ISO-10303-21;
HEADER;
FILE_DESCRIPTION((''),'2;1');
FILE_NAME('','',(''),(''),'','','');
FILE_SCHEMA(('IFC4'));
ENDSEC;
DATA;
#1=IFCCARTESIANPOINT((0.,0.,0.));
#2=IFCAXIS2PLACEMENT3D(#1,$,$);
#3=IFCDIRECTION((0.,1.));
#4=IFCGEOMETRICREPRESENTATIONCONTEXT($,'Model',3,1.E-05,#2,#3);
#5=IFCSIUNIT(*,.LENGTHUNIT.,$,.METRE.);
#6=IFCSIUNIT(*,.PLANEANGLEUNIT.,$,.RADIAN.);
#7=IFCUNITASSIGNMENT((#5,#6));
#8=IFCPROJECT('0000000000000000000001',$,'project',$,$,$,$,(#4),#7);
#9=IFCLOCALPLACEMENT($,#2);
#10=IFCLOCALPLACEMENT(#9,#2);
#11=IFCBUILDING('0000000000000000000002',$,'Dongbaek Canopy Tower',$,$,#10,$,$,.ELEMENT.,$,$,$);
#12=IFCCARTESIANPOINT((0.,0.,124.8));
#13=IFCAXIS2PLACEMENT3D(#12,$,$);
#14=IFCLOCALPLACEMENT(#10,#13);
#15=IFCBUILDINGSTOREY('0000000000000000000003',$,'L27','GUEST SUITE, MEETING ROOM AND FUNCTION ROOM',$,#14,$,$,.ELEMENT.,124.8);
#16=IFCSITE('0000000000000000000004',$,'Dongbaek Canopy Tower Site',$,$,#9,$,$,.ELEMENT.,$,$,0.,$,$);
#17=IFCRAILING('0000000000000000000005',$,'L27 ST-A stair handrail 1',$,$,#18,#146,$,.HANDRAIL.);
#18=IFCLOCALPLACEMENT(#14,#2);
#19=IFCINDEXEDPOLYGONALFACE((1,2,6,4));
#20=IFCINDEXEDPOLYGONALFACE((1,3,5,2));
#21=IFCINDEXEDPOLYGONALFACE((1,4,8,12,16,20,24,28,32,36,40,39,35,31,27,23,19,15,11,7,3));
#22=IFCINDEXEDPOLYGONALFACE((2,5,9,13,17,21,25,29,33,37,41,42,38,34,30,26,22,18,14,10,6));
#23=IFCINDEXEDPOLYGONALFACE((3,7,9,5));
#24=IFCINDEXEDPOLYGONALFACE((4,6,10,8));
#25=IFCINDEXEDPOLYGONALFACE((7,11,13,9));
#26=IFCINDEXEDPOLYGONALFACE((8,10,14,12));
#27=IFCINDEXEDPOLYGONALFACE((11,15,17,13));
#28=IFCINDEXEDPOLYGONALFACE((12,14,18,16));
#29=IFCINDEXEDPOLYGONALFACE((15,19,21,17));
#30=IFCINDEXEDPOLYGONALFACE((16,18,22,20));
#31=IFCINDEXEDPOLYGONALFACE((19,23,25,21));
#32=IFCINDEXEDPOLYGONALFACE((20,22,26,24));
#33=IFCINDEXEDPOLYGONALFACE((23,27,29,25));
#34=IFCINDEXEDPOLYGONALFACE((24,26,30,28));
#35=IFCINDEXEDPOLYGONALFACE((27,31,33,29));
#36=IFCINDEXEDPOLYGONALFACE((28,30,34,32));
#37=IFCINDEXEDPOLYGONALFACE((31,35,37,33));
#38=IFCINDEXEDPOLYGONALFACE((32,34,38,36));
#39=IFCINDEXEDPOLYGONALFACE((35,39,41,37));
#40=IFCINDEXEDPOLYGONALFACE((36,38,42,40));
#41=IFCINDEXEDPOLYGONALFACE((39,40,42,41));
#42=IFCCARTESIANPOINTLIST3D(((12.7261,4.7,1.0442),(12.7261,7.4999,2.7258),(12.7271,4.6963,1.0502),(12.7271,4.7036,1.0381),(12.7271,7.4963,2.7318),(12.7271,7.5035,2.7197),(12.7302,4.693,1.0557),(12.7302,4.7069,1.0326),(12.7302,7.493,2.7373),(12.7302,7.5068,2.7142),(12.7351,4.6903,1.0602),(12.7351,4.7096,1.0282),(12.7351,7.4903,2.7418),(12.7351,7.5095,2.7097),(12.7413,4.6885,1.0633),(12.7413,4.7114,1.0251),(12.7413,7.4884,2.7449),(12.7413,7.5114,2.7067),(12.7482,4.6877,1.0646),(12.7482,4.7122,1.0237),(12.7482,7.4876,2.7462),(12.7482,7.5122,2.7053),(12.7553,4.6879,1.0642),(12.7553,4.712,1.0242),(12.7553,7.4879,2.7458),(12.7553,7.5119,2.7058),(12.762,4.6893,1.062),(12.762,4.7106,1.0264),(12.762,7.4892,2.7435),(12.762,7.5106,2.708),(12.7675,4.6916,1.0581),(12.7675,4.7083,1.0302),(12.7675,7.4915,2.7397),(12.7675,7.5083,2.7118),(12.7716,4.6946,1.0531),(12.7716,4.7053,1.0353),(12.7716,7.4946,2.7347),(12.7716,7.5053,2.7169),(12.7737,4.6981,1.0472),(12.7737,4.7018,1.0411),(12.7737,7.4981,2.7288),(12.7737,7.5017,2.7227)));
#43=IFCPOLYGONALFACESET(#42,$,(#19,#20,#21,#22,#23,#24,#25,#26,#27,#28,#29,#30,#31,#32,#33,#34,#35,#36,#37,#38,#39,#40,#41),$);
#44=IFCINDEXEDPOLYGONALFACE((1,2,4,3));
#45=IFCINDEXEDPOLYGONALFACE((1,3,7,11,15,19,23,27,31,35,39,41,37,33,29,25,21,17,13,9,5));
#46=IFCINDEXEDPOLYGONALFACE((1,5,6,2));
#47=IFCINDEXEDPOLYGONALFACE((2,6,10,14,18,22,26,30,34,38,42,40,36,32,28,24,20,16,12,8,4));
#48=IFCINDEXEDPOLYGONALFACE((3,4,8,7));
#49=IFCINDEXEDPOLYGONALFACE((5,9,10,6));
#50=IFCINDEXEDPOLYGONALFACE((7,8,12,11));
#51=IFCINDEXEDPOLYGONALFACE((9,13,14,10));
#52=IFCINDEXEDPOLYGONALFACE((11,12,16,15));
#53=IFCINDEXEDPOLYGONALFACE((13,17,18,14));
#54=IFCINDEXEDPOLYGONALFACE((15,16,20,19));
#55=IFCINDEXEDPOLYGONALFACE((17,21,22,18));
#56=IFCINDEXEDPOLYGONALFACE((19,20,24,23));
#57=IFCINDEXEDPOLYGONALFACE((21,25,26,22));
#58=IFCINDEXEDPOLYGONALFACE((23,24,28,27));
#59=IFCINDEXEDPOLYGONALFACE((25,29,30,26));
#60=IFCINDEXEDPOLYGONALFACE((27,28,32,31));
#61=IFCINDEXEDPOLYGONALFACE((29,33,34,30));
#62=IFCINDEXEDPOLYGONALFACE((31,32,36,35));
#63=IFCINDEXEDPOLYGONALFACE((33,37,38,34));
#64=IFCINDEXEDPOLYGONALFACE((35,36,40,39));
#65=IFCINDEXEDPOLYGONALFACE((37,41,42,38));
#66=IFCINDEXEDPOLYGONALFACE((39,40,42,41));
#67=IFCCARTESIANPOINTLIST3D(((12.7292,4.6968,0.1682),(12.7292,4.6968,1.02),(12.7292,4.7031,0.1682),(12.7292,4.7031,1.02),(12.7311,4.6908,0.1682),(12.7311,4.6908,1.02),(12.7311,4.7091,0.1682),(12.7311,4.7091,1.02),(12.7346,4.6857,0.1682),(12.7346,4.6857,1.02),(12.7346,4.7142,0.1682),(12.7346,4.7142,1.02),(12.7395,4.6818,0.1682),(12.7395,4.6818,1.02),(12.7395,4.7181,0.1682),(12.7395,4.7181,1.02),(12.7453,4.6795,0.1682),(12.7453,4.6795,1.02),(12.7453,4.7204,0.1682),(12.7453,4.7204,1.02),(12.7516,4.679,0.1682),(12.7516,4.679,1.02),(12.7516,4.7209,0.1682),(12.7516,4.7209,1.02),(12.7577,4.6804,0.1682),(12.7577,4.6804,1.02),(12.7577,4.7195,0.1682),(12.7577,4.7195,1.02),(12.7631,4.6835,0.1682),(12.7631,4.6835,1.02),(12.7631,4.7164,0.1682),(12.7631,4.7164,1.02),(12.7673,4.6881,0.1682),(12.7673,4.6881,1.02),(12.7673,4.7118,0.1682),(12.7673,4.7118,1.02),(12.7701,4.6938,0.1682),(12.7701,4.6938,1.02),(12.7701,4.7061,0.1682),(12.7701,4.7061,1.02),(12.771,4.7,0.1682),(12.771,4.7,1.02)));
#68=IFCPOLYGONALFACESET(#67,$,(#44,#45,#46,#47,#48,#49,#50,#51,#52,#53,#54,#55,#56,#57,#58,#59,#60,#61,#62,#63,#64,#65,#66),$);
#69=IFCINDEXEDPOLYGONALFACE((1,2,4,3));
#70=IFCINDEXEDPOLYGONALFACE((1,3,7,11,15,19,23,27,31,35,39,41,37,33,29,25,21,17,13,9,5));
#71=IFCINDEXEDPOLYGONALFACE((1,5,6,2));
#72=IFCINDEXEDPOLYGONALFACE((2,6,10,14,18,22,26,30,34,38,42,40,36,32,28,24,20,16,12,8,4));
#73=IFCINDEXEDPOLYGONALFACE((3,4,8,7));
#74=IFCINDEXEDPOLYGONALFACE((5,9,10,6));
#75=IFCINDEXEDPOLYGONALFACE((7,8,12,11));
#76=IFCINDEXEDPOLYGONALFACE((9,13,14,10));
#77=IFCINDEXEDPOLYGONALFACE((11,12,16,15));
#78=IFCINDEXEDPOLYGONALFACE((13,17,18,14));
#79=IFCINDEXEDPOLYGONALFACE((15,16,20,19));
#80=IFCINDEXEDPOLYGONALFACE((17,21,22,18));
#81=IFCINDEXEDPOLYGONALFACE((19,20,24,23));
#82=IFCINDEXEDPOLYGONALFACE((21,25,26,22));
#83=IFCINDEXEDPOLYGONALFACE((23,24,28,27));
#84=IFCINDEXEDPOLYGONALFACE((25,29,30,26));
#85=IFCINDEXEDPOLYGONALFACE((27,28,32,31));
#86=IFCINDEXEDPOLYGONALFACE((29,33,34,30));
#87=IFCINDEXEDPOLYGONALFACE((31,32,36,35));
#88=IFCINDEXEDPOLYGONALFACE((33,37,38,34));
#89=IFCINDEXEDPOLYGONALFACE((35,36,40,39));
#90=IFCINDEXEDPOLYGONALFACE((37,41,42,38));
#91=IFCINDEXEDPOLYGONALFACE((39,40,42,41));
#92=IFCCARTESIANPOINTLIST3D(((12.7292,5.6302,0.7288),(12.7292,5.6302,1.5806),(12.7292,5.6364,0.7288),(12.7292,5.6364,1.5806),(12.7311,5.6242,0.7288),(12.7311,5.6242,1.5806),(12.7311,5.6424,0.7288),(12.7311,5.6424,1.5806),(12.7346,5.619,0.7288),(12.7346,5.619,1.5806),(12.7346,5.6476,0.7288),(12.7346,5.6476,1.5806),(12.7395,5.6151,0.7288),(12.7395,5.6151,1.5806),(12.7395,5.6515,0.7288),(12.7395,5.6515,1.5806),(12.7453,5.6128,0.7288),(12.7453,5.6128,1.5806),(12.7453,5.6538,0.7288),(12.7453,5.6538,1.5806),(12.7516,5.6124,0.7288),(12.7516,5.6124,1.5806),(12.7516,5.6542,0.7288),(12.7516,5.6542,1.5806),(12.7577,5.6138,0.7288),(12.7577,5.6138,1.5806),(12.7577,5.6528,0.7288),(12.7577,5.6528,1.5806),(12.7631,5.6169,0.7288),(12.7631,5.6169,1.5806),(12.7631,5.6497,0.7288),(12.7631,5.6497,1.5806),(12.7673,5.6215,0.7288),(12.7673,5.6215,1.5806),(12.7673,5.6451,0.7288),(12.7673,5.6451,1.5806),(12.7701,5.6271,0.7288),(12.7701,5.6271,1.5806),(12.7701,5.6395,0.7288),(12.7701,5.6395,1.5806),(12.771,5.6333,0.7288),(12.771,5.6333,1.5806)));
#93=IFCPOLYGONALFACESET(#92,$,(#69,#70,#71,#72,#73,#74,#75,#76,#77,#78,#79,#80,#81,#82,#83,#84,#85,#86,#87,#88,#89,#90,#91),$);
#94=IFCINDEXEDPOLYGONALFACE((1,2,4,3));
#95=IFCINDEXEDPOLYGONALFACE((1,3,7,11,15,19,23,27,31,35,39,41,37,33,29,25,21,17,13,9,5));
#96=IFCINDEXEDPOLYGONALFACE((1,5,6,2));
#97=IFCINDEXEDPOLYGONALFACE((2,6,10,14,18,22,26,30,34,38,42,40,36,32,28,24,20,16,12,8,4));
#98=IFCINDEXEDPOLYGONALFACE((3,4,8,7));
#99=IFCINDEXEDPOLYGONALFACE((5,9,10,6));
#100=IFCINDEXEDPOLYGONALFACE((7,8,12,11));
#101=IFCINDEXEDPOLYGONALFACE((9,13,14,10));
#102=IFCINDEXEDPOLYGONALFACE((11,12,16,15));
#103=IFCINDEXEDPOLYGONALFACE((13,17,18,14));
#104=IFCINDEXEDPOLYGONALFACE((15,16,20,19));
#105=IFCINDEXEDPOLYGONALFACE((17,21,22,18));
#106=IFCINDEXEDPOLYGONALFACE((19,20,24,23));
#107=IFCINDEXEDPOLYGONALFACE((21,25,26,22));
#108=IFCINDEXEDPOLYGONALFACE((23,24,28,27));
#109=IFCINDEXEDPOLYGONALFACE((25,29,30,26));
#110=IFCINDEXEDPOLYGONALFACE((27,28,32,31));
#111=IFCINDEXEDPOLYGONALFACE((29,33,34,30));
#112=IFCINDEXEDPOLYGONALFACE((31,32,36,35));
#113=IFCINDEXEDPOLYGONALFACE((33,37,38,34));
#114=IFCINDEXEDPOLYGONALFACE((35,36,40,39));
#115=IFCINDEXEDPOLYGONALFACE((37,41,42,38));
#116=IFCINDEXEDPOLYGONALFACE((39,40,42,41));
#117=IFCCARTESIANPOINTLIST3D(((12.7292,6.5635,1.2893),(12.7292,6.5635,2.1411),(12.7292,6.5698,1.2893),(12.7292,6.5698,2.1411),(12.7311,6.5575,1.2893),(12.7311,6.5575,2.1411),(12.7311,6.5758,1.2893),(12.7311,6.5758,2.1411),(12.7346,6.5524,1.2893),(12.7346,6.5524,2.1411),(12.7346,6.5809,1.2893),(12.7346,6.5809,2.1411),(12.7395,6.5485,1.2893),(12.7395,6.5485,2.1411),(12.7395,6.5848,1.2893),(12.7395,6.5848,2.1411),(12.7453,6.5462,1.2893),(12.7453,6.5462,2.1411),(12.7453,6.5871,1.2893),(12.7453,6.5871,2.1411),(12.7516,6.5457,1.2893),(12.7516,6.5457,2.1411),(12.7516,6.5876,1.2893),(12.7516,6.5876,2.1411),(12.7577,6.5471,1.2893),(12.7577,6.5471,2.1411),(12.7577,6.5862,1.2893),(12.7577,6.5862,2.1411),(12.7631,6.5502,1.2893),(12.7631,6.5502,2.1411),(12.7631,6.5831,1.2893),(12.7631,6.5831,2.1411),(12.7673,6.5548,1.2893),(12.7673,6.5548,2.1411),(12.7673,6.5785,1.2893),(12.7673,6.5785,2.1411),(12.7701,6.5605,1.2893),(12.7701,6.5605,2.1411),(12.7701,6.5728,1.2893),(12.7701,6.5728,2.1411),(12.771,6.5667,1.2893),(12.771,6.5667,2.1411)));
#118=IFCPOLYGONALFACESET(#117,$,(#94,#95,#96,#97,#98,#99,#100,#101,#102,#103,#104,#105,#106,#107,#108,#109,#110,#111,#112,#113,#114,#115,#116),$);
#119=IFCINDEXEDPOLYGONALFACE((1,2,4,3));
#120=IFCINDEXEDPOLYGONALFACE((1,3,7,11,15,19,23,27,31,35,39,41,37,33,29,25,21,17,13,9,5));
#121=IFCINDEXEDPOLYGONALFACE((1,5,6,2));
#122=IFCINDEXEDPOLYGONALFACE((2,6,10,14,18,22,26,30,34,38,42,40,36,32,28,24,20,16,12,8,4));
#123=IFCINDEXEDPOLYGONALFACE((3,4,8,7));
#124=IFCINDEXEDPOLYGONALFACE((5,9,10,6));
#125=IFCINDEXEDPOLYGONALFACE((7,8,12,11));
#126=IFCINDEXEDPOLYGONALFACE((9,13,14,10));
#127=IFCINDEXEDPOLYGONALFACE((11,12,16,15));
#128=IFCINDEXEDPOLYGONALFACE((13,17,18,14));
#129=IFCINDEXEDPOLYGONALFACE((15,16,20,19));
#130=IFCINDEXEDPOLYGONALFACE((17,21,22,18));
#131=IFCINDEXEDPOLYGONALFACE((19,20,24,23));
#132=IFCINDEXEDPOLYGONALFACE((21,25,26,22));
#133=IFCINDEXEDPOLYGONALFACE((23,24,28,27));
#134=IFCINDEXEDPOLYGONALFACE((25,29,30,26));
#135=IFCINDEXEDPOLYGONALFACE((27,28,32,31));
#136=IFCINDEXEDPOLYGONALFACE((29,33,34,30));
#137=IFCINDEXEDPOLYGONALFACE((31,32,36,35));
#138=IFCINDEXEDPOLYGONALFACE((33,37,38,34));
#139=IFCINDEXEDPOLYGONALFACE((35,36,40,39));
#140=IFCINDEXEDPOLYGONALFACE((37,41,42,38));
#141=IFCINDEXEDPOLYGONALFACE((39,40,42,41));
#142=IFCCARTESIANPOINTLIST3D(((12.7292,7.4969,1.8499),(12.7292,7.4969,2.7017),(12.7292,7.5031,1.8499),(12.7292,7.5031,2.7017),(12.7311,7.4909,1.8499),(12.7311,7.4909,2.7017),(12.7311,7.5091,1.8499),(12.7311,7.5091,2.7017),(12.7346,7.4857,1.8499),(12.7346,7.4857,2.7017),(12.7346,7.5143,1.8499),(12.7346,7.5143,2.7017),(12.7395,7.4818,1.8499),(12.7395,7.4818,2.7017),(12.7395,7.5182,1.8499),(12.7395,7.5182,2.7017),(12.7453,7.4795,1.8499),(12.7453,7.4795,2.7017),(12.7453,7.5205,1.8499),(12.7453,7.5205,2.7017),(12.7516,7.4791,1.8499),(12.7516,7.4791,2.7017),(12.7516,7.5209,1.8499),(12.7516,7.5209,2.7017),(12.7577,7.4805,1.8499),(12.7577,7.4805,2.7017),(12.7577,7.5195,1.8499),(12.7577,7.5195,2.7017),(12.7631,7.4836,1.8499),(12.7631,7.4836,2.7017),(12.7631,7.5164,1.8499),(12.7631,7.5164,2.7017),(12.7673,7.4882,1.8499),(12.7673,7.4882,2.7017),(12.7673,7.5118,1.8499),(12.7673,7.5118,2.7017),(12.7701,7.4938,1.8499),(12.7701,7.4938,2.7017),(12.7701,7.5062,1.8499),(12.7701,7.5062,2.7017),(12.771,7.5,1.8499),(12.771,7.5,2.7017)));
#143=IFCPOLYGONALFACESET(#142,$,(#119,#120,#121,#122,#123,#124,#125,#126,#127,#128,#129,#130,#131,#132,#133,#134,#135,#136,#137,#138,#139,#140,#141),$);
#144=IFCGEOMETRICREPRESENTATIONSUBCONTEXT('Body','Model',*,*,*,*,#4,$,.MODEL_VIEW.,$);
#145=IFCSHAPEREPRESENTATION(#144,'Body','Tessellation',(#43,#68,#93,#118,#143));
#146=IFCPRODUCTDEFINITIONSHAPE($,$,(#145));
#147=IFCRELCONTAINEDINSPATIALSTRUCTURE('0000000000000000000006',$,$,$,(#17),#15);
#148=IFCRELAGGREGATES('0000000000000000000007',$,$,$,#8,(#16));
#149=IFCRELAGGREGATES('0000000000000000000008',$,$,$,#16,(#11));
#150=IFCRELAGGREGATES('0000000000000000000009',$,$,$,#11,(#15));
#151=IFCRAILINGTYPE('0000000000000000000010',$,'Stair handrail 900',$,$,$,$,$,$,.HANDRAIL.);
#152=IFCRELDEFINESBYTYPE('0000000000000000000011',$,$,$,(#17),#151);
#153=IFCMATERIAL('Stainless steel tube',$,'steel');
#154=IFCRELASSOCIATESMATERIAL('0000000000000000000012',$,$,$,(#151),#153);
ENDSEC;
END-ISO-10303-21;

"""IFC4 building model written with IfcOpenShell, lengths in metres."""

from ifc_helpers import new_model, si_unit, direction, frame, origin, origin_2d, place, context, subcontext, project, spatial, circle, extrude, material, type_object, element, save


model = new_model("IFC4")

# Units and contexts
model_context = context("Model", 3, precision=1e-05, world=origin(), true_north=direction((0.0, 1.0)))
body_context = subcontext(model_context, "Body", "Model", "MODEL_VIEW")
ifc_project = project(units=[si_unit("LENGTHUNIT", "METRE"), si_unit("PLANEANGLEUNIT", "RADIAN")], contexts=[model_context])

# Site, building, storey
site_placement = place(None, origin())
site = spatial("IfcSite", under=ifc_project, at=site_placement, Name="Dongbaek Canopy Tower Site", CompositionType="ELEMENT", RefElevation=0.0)
building_placement = place(site_placement, origin())
building = spatial("IfcBuilding", under=site, at=building_placement, Name="Dongbaek Canopy Tower", CompositionType="ELEMENT")
storey_placement = place(building_placement, frame((0.0, 0.0, 124.8)))
storey = spatial("IfcBuildingStorey", under=building, at=storey_placement, Name="L27", Description="GUEST SUITE, MEETING ROOM AND FUNCTION ROOM", CompositionType="ELEMENT", Elevation=124.8)

# Railing
ifc_material_1 = material(Name="Stainless steel tube", Category="steel")
railing_type_1 = type_object("IfcRailingType", Name="Stair handrail 900", PredefinedType="HANDRAIL", material=ifc_material_1)
railing_1_placement = place(storey_placement, frame((12.75, 4.7, 0.1682)))
element("IfcRailing", 1, at=railing_1_placement, inside=storey, type_object=railing_type_1, Name="L27 ST-A stair handrail 1", PredefinedType="HANDRAIL", context=body_context, shape_type="SweptSolid", body=[
    extrude(circle(Radius=0.0239, at=origin_2d()), frame((0.0, 0.0, 0.876), z_axis=(0.0, 0.857275, 0.514858), x_axis=(-1.0, 0.0, 0.0)), (0.0, 0.0, 1.0), 3.2661),
    extrude(circle(Radius=0.021, at=origin_2d()), origin(), (0.0, 0.0, 1.0), 0.8518),
    extrude(circle(Radius=0.021, at=origin_2d()), frame((0.0, 0.9333, 0.5605)), (0.0, 0.0, 1.0), 0.8518),
    extrude(circle(Radius=0.021, at=origin_2d()), frame((0.0, 1.8667, 1.1211)), (0.0, 0.0, 1.0), 0.8518),
    extrude(circle(Radius=0.021, at=origin_2d()), frame((0.0, 2.8, 1.6816)), (0.0, 0.0, 1.0), 0.8518),
])

save(model, "model.ifc")
